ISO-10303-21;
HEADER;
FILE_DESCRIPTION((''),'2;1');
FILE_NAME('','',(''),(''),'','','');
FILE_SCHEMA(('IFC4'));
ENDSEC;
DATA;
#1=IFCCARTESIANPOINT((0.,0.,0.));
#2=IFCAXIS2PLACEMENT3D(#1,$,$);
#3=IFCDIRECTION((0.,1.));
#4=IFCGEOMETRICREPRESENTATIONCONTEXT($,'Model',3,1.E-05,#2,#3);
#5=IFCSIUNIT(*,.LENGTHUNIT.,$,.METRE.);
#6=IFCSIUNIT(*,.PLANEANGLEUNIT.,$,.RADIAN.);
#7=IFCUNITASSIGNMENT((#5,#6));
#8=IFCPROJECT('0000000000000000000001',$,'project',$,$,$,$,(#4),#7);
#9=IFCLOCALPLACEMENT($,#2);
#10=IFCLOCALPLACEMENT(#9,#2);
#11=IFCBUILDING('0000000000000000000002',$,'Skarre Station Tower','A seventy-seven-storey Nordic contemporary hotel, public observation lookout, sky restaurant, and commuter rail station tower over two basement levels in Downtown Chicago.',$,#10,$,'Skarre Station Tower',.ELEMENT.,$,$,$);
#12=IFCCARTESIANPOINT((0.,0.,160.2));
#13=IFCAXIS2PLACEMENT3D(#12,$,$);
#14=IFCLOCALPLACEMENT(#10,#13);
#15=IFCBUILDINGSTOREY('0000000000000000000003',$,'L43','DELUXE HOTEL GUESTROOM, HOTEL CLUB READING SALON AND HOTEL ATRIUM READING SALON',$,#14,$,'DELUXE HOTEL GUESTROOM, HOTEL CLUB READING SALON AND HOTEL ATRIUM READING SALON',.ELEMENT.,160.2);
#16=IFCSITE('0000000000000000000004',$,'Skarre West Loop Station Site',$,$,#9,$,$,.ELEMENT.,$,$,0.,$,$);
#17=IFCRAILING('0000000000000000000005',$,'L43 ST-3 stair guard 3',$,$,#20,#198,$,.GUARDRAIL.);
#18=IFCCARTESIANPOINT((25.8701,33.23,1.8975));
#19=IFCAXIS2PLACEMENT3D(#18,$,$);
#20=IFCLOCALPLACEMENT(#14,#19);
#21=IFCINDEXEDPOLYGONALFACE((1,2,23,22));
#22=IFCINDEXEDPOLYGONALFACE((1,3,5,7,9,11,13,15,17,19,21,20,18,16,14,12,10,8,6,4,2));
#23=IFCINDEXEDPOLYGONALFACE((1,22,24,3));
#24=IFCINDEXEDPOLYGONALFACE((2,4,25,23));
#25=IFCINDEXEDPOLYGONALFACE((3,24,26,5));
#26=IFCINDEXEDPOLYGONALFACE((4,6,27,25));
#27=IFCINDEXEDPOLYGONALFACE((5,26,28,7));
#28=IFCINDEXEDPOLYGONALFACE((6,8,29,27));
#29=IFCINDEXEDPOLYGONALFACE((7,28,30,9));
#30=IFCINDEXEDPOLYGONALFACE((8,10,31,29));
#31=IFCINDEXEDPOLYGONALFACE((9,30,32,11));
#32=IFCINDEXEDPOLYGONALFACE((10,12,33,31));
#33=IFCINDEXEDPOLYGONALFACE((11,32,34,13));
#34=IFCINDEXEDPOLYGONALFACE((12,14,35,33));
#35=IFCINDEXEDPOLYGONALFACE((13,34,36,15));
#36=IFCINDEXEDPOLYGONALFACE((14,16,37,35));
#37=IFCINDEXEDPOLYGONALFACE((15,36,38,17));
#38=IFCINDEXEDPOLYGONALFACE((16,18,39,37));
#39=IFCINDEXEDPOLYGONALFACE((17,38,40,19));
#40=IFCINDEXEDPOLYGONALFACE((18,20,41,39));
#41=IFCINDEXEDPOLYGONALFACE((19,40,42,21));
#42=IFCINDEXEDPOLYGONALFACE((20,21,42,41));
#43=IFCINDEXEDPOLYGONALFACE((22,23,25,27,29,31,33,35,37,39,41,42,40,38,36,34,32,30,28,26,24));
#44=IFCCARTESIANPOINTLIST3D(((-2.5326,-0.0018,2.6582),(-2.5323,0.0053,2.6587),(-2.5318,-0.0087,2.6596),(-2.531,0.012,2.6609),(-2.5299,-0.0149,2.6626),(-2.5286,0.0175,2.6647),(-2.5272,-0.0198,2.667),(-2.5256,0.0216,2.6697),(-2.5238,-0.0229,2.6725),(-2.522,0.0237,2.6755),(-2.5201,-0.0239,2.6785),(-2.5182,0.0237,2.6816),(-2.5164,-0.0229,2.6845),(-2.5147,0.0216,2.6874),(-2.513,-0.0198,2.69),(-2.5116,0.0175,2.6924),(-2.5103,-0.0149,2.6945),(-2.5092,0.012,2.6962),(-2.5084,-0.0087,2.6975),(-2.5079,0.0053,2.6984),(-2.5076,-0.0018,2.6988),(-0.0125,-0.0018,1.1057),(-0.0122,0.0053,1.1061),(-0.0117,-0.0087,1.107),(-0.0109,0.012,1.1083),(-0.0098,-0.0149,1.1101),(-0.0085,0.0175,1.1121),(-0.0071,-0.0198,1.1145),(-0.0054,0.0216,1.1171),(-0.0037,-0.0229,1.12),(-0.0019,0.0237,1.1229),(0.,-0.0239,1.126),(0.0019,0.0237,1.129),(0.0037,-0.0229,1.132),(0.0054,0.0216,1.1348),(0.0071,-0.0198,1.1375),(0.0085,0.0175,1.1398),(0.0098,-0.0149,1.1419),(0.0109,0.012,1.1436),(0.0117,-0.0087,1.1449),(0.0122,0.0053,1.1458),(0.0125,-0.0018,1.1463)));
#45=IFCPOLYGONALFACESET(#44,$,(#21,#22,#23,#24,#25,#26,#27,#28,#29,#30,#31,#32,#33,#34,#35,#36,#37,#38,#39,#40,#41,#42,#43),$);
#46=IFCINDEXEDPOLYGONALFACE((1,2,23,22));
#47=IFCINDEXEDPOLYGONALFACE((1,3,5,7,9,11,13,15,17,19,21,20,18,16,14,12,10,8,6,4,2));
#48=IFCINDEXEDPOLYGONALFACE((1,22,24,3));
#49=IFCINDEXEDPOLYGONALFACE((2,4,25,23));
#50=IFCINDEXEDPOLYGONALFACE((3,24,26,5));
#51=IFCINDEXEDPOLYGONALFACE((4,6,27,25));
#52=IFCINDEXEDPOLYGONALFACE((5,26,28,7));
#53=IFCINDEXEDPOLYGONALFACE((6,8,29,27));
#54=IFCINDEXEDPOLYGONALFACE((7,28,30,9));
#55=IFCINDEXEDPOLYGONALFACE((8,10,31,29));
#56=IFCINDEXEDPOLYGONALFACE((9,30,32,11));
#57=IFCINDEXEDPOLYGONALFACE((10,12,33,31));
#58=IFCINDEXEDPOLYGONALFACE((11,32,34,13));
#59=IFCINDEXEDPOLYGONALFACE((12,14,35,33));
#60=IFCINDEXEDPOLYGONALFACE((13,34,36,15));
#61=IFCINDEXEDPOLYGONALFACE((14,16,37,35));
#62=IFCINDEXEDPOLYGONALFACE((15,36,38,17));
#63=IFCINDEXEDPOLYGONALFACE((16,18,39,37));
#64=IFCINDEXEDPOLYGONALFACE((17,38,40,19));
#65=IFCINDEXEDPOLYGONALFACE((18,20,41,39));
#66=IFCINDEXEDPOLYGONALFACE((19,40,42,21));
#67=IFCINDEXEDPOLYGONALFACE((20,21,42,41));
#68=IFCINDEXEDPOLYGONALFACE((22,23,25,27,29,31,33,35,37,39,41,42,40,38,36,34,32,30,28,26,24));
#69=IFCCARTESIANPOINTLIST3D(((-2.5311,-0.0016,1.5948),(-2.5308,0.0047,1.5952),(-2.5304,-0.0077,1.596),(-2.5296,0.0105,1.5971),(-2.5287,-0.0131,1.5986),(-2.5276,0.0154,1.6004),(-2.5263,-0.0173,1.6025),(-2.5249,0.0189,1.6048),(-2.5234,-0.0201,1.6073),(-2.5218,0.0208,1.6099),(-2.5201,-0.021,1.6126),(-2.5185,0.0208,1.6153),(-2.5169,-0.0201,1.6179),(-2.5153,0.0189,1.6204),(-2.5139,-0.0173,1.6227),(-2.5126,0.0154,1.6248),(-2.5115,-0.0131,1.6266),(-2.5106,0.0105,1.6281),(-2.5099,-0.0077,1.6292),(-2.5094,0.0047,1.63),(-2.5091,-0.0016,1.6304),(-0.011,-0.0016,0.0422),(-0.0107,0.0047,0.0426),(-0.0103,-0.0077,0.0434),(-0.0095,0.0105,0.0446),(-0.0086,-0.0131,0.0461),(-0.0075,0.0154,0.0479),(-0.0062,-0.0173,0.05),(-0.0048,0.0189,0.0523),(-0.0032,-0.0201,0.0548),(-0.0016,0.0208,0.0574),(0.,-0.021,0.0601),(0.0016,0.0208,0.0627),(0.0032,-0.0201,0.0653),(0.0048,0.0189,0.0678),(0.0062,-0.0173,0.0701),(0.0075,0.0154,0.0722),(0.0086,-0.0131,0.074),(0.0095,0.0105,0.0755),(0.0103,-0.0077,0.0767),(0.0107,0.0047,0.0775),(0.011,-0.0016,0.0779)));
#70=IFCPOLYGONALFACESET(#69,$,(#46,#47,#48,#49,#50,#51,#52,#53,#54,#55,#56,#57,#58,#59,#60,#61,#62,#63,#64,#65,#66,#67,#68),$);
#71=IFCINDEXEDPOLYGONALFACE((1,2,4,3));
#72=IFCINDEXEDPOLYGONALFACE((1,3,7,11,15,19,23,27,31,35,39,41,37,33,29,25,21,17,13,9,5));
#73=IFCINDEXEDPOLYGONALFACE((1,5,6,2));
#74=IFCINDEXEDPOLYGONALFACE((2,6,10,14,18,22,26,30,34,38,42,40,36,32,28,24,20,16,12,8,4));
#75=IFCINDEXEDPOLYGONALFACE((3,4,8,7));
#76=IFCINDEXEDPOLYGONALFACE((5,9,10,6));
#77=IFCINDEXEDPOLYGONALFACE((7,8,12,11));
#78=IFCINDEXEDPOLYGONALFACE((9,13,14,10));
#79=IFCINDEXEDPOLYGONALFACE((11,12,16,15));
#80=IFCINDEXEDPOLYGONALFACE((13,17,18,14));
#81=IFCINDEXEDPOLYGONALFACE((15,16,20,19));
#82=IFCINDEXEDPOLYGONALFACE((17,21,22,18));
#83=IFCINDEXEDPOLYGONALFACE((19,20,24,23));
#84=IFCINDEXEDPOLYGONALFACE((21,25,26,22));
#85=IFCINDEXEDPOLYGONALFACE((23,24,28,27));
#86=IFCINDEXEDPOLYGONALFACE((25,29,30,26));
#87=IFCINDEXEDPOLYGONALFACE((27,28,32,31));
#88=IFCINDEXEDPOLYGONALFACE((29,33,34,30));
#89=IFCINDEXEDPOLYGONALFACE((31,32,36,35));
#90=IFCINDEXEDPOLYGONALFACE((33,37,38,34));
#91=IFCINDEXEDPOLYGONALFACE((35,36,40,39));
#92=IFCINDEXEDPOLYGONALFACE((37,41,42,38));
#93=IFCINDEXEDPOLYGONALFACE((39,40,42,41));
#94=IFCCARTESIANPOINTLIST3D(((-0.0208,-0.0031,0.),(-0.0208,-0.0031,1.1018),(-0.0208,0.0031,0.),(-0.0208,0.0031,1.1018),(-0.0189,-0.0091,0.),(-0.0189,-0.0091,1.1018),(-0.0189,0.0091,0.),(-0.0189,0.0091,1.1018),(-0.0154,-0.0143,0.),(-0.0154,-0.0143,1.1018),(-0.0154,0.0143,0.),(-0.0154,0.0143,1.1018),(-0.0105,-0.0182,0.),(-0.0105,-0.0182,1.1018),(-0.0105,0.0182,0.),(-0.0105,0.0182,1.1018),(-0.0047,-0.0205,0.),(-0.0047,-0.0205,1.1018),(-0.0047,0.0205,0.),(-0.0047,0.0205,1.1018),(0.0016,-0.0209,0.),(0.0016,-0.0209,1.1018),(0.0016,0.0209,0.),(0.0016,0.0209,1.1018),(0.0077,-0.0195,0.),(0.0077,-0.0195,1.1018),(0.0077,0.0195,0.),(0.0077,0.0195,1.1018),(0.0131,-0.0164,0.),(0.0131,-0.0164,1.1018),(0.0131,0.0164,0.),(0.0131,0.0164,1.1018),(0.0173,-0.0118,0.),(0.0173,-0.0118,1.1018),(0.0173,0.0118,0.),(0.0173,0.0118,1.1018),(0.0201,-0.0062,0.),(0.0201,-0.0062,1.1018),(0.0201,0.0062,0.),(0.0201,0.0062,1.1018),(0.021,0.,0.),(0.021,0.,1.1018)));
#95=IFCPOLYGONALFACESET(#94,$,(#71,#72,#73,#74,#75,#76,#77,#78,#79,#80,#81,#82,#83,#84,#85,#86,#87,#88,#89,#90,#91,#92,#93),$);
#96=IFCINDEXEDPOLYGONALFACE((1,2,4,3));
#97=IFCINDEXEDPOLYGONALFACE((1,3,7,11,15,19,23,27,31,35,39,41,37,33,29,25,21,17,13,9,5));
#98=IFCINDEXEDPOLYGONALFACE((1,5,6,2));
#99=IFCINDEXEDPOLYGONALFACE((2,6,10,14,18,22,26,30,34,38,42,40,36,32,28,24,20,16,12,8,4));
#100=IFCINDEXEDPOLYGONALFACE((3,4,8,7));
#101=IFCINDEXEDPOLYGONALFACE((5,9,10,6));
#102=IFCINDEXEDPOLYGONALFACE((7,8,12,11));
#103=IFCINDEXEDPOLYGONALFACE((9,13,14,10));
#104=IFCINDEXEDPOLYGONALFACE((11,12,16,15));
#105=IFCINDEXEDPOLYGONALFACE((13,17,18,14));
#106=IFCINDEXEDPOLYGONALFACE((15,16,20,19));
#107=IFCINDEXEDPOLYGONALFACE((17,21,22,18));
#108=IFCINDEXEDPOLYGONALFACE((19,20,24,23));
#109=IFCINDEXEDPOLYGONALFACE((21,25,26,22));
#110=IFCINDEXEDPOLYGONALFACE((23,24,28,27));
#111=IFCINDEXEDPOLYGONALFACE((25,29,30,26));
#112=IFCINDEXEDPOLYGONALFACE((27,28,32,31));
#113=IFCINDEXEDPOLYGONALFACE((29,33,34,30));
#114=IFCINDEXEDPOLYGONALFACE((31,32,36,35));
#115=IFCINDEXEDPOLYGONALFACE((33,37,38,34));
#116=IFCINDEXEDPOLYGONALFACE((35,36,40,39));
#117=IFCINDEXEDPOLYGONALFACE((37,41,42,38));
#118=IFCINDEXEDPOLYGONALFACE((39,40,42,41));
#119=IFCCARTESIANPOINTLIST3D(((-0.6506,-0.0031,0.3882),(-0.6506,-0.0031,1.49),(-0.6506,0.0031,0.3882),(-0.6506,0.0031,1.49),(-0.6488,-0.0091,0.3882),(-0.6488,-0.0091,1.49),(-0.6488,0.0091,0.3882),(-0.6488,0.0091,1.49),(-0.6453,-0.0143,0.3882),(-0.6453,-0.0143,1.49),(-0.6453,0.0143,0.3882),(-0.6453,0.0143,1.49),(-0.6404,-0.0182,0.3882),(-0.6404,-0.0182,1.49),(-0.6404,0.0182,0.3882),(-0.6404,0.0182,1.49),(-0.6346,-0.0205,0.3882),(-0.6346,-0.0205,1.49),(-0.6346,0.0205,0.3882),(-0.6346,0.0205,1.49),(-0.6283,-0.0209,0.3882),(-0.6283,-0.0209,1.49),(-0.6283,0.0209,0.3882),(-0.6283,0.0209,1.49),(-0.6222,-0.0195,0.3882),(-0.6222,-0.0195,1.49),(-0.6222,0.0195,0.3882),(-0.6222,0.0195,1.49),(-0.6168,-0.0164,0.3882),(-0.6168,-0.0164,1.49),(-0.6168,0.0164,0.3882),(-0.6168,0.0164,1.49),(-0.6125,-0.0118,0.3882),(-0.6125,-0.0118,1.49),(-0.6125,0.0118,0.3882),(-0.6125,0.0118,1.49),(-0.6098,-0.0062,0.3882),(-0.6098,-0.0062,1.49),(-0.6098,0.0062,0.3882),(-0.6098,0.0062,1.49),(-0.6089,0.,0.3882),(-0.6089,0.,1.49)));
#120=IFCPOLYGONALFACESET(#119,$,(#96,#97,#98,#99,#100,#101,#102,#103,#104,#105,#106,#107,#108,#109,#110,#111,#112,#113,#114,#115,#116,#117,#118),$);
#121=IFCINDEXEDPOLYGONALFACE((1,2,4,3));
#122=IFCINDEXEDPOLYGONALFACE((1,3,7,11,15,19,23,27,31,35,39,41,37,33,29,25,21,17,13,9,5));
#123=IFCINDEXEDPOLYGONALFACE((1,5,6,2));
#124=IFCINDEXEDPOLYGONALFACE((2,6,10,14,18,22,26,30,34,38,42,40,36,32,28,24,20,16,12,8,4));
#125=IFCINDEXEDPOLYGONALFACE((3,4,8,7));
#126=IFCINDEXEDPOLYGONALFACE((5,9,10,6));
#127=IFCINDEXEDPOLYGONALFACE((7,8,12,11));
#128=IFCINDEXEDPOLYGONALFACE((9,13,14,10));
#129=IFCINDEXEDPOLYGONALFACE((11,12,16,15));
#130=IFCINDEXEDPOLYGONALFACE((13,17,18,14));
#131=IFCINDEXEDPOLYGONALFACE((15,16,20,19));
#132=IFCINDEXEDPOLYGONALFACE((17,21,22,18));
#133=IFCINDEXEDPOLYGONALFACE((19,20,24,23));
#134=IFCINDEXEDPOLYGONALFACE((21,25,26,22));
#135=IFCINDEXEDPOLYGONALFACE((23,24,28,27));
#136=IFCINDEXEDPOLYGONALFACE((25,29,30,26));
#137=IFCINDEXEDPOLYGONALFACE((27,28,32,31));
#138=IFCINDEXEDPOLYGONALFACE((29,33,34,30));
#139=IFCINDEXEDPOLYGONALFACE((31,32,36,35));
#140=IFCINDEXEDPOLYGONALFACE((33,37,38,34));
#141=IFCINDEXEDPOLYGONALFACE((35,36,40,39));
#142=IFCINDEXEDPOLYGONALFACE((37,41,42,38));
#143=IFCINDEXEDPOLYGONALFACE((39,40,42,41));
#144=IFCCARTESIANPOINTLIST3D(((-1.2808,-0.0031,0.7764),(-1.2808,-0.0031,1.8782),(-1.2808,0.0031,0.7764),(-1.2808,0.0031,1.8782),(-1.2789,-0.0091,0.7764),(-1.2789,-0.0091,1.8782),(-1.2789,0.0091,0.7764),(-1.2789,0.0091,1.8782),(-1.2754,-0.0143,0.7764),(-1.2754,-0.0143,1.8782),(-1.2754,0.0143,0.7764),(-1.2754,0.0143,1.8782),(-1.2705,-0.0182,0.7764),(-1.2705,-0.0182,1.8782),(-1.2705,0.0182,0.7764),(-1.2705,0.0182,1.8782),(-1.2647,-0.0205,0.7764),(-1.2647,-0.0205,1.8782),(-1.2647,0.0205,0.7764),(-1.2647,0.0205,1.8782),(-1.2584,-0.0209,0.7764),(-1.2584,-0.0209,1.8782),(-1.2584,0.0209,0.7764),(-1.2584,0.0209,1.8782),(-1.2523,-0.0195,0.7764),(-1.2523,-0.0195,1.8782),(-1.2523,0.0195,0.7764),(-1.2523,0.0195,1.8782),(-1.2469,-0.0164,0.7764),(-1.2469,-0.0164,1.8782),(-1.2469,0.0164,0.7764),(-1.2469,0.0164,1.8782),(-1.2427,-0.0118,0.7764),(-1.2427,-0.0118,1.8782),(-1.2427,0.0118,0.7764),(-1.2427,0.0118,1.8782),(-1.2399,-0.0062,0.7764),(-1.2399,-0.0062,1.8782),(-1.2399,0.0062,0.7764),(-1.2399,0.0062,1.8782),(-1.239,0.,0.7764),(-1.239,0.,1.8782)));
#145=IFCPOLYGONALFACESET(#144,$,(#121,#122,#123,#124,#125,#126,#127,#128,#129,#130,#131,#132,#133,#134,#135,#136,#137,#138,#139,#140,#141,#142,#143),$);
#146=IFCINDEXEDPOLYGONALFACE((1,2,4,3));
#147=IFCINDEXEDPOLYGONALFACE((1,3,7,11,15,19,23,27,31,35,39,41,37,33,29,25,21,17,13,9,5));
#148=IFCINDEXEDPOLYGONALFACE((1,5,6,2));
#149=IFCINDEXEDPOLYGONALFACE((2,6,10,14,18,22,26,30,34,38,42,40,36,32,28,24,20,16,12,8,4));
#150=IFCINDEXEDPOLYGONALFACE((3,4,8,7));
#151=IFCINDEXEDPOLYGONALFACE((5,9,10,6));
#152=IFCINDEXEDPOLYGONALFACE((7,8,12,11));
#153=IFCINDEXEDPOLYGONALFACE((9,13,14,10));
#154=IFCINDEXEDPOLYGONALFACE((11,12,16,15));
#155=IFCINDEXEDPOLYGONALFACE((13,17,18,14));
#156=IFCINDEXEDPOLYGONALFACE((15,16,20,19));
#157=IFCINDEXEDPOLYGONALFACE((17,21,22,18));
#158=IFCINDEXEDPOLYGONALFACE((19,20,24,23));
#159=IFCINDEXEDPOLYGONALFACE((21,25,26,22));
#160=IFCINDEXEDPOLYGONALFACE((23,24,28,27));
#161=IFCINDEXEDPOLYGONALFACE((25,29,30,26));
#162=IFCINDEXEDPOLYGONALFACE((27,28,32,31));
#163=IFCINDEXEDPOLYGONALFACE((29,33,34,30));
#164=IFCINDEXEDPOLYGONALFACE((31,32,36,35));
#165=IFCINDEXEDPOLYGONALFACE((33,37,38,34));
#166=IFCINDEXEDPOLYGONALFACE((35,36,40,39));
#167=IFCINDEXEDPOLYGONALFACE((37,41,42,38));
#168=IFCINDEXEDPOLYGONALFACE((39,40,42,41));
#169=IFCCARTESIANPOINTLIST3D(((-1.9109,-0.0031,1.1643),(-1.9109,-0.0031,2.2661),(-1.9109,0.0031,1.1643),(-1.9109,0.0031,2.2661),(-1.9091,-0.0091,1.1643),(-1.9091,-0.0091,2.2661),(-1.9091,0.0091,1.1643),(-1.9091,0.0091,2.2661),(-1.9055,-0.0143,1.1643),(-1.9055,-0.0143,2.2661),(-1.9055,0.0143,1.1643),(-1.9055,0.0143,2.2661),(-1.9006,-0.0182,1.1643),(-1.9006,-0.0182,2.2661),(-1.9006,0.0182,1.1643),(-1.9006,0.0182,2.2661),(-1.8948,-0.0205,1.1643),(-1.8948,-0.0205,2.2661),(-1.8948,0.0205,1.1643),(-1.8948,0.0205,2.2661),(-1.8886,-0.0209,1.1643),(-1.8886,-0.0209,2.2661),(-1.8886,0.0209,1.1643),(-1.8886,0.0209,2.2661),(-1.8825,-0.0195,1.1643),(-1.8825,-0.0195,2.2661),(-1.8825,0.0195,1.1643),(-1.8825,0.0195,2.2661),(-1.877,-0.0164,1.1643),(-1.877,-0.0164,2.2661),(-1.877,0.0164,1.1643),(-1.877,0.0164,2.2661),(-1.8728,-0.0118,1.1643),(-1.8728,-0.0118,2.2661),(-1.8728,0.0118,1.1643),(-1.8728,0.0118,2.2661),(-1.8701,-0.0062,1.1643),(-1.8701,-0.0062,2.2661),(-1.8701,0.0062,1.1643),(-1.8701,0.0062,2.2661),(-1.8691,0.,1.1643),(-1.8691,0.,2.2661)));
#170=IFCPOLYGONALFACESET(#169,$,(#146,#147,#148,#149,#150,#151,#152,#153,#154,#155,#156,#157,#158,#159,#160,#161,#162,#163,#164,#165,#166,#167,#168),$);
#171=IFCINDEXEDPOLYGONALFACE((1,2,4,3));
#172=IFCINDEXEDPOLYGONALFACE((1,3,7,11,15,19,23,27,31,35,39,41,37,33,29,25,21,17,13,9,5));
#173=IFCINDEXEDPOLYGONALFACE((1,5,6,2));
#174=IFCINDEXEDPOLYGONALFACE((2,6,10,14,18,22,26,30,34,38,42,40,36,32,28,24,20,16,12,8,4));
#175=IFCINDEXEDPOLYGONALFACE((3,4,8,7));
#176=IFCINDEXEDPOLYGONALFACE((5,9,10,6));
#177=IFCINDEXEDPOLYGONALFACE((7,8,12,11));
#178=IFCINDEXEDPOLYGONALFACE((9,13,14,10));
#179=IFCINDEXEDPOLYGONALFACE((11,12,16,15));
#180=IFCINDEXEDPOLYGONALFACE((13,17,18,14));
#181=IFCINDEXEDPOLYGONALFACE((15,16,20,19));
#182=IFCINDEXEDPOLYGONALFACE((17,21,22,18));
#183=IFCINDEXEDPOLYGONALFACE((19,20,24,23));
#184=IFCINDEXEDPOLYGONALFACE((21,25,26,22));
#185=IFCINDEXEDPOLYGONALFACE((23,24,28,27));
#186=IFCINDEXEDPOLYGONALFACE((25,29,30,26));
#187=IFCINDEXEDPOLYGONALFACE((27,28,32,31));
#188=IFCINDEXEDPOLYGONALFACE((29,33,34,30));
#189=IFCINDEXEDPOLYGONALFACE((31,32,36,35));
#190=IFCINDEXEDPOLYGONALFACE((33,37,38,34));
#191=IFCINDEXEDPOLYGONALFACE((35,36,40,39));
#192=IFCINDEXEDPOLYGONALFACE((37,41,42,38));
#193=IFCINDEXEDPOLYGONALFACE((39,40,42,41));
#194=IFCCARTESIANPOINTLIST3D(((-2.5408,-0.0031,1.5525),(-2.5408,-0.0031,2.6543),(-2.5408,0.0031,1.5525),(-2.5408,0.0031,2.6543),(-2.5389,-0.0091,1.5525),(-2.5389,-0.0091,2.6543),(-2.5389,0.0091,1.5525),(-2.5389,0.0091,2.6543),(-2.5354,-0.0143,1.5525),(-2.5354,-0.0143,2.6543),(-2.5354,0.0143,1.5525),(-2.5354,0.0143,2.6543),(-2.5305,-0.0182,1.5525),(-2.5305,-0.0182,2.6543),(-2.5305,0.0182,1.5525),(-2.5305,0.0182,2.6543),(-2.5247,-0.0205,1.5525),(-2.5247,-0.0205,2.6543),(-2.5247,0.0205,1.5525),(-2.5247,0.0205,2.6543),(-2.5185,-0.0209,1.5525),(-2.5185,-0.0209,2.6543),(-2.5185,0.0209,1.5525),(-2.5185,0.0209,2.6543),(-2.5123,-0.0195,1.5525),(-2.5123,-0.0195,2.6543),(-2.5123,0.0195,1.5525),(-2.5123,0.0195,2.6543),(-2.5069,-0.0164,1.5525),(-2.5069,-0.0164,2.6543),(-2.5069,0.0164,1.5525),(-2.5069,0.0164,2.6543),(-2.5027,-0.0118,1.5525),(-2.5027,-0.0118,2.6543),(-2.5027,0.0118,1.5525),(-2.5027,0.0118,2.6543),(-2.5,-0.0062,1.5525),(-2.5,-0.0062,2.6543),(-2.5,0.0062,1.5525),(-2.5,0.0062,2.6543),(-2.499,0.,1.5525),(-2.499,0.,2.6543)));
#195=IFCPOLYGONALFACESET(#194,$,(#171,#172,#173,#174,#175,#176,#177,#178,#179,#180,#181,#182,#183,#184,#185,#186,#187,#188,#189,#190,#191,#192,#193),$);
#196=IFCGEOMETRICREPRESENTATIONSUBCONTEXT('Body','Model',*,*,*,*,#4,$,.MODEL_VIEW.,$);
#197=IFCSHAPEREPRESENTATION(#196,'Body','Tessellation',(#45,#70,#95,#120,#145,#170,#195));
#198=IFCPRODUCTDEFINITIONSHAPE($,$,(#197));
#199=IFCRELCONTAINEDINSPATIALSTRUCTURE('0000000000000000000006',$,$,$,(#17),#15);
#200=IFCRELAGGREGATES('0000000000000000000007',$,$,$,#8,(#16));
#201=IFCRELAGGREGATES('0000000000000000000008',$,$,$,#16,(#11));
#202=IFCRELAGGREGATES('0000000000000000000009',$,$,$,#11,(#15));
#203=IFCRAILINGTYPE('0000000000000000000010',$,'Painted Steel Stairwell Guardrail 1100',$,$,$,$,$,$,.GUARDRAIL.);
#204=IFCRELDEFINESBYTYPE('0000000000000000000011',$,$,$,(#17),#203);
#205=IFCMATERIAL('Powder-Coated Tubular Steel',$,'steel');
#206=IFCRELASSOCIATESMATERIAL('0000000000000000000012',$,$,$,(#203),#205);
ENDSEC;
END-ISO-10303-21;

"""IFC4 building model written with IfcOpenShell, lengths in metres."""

from ifc_helpers import new_model, si_unit, direction, frame, origin, origin_2d, place, context, subcontext, project, spatial, circle, extrude, material, type_object, element, save


model = new_model("IFC4")

# Units and contexts
model_context = context("Model", 3, precision=1e-05, world=origin(), true_north=direction((0.0, 1.0)))
body_context = subcontext(model_context, "Body", "Model", "MODEL_VIEW")
ifc_project = project(units=[si_unit("LENGTHUNIT", "METRE"), si_unit("PLANEANGLEUNIT", "RADIAN")], contexts=[model_context])

# Site, building, storey
site_placement = place(None, origin())
site = spatial("IfcSite", under=ifc_project, at=site_placement, Name="Skarre West Loop Station Site", CompositionType="ELEMENT", RefElevation=0.0)
building_placement = place(site_placement, origin())
building = spatial("IfcBuilding", under=site, at=building_placement, Name="Skarre Station Tower", Description="A seventy-seven-storey Nordic contemporary hotel, public observation lookout, sky restaurant, and commuter rail station tower over two basement levels in Downtown Chicago.", LongName="Skarre Station Tower", CompositionType="ELEMENT")
storey_placement = place(building_placement, frame((0.0, 0.0, 160.2)))
storey = spatial("IfcBuildingStorey", under=building, at=storey_placement, Name="L43", Description="DELUXE HOTEL GUESTROOM, HOTEL CLUB READING SALON AND HOTEL ATRIUM READING SALON", LongName="DELUXE HOTEL GUESTROOM, HOTEL CLUB READING SALON AND HOTEL ATRIUM READING SALON", CompositionType="ELEMENT", Elevation=160.2)

# Railing
ifc_material_1 = material(Name="Powder-Coated Tubular Steel", Category="steel")
railing_type_1 = type_object("IfcRailingType", Name="Painted Steel Stairwell Guardrail 1100", PredefinedType="GUARDRAIL", material=ifc_material_1)
railing_1_placement = place(storey_placement, frame((25.8701, 33.23, 1.8975)))
element("IfcRailing", 1, at=railing_1_placement, inside=storey, type_object=railing_type_1, Name="L43 ST-3 stair guard 3", PredefinedType="GUARDRAIL", context=body_context, shape_type="SweptSolid", body=[
    extrude(circle(Radius=0.0239, at=origin_2d()), frame((0.0, 0.0, 1.126), z_axis=(-0.8514, 0.0, 0.524516), x_axis=(0.0, -1.0, 0.0)), (0.0, 0.0, 1.0), 2.96),
    extrude(circle(Radius=0.021, at=origin_2d()), frame((0.0, 0.0, 0.0601), z_axis=(-0.8514, 0.0, 0.524516), x_axis=(0.0, -1.0, 0.0)), (0.0, 0.0, 1.0), 2.96),
    extrude(circle(Radius=0.021, at=origin_2d()), origin(), (0.0, 0.0, 1.0), 1.1018),
    extrude(circle(Radius=0.021, at=origin_2d()), frame((-0.6299, 0.0, 0.3882)), (0.0, 0.0, 1.0), 1.1018),
    extrude(circle(Radius=0.021, at=origin_2d()), frame((-1.26, 0.0, 0.7764)), (0.0, 0.0, 1.0), 1.1018),
    extrude(circle(Radius=0.021, at=origin_2d()), frame((-1.8901, 0.0, 1.1643)), (0.0, 0.0, 1.0), 1.1018),
    extrude(circle(Radius=0.021, at=origin_2d()), frame((-2.52, 0.0, 1.5525)), (0.0, 0.0, 1.0), 1.1018),
])

save(model, "model.ifc")
